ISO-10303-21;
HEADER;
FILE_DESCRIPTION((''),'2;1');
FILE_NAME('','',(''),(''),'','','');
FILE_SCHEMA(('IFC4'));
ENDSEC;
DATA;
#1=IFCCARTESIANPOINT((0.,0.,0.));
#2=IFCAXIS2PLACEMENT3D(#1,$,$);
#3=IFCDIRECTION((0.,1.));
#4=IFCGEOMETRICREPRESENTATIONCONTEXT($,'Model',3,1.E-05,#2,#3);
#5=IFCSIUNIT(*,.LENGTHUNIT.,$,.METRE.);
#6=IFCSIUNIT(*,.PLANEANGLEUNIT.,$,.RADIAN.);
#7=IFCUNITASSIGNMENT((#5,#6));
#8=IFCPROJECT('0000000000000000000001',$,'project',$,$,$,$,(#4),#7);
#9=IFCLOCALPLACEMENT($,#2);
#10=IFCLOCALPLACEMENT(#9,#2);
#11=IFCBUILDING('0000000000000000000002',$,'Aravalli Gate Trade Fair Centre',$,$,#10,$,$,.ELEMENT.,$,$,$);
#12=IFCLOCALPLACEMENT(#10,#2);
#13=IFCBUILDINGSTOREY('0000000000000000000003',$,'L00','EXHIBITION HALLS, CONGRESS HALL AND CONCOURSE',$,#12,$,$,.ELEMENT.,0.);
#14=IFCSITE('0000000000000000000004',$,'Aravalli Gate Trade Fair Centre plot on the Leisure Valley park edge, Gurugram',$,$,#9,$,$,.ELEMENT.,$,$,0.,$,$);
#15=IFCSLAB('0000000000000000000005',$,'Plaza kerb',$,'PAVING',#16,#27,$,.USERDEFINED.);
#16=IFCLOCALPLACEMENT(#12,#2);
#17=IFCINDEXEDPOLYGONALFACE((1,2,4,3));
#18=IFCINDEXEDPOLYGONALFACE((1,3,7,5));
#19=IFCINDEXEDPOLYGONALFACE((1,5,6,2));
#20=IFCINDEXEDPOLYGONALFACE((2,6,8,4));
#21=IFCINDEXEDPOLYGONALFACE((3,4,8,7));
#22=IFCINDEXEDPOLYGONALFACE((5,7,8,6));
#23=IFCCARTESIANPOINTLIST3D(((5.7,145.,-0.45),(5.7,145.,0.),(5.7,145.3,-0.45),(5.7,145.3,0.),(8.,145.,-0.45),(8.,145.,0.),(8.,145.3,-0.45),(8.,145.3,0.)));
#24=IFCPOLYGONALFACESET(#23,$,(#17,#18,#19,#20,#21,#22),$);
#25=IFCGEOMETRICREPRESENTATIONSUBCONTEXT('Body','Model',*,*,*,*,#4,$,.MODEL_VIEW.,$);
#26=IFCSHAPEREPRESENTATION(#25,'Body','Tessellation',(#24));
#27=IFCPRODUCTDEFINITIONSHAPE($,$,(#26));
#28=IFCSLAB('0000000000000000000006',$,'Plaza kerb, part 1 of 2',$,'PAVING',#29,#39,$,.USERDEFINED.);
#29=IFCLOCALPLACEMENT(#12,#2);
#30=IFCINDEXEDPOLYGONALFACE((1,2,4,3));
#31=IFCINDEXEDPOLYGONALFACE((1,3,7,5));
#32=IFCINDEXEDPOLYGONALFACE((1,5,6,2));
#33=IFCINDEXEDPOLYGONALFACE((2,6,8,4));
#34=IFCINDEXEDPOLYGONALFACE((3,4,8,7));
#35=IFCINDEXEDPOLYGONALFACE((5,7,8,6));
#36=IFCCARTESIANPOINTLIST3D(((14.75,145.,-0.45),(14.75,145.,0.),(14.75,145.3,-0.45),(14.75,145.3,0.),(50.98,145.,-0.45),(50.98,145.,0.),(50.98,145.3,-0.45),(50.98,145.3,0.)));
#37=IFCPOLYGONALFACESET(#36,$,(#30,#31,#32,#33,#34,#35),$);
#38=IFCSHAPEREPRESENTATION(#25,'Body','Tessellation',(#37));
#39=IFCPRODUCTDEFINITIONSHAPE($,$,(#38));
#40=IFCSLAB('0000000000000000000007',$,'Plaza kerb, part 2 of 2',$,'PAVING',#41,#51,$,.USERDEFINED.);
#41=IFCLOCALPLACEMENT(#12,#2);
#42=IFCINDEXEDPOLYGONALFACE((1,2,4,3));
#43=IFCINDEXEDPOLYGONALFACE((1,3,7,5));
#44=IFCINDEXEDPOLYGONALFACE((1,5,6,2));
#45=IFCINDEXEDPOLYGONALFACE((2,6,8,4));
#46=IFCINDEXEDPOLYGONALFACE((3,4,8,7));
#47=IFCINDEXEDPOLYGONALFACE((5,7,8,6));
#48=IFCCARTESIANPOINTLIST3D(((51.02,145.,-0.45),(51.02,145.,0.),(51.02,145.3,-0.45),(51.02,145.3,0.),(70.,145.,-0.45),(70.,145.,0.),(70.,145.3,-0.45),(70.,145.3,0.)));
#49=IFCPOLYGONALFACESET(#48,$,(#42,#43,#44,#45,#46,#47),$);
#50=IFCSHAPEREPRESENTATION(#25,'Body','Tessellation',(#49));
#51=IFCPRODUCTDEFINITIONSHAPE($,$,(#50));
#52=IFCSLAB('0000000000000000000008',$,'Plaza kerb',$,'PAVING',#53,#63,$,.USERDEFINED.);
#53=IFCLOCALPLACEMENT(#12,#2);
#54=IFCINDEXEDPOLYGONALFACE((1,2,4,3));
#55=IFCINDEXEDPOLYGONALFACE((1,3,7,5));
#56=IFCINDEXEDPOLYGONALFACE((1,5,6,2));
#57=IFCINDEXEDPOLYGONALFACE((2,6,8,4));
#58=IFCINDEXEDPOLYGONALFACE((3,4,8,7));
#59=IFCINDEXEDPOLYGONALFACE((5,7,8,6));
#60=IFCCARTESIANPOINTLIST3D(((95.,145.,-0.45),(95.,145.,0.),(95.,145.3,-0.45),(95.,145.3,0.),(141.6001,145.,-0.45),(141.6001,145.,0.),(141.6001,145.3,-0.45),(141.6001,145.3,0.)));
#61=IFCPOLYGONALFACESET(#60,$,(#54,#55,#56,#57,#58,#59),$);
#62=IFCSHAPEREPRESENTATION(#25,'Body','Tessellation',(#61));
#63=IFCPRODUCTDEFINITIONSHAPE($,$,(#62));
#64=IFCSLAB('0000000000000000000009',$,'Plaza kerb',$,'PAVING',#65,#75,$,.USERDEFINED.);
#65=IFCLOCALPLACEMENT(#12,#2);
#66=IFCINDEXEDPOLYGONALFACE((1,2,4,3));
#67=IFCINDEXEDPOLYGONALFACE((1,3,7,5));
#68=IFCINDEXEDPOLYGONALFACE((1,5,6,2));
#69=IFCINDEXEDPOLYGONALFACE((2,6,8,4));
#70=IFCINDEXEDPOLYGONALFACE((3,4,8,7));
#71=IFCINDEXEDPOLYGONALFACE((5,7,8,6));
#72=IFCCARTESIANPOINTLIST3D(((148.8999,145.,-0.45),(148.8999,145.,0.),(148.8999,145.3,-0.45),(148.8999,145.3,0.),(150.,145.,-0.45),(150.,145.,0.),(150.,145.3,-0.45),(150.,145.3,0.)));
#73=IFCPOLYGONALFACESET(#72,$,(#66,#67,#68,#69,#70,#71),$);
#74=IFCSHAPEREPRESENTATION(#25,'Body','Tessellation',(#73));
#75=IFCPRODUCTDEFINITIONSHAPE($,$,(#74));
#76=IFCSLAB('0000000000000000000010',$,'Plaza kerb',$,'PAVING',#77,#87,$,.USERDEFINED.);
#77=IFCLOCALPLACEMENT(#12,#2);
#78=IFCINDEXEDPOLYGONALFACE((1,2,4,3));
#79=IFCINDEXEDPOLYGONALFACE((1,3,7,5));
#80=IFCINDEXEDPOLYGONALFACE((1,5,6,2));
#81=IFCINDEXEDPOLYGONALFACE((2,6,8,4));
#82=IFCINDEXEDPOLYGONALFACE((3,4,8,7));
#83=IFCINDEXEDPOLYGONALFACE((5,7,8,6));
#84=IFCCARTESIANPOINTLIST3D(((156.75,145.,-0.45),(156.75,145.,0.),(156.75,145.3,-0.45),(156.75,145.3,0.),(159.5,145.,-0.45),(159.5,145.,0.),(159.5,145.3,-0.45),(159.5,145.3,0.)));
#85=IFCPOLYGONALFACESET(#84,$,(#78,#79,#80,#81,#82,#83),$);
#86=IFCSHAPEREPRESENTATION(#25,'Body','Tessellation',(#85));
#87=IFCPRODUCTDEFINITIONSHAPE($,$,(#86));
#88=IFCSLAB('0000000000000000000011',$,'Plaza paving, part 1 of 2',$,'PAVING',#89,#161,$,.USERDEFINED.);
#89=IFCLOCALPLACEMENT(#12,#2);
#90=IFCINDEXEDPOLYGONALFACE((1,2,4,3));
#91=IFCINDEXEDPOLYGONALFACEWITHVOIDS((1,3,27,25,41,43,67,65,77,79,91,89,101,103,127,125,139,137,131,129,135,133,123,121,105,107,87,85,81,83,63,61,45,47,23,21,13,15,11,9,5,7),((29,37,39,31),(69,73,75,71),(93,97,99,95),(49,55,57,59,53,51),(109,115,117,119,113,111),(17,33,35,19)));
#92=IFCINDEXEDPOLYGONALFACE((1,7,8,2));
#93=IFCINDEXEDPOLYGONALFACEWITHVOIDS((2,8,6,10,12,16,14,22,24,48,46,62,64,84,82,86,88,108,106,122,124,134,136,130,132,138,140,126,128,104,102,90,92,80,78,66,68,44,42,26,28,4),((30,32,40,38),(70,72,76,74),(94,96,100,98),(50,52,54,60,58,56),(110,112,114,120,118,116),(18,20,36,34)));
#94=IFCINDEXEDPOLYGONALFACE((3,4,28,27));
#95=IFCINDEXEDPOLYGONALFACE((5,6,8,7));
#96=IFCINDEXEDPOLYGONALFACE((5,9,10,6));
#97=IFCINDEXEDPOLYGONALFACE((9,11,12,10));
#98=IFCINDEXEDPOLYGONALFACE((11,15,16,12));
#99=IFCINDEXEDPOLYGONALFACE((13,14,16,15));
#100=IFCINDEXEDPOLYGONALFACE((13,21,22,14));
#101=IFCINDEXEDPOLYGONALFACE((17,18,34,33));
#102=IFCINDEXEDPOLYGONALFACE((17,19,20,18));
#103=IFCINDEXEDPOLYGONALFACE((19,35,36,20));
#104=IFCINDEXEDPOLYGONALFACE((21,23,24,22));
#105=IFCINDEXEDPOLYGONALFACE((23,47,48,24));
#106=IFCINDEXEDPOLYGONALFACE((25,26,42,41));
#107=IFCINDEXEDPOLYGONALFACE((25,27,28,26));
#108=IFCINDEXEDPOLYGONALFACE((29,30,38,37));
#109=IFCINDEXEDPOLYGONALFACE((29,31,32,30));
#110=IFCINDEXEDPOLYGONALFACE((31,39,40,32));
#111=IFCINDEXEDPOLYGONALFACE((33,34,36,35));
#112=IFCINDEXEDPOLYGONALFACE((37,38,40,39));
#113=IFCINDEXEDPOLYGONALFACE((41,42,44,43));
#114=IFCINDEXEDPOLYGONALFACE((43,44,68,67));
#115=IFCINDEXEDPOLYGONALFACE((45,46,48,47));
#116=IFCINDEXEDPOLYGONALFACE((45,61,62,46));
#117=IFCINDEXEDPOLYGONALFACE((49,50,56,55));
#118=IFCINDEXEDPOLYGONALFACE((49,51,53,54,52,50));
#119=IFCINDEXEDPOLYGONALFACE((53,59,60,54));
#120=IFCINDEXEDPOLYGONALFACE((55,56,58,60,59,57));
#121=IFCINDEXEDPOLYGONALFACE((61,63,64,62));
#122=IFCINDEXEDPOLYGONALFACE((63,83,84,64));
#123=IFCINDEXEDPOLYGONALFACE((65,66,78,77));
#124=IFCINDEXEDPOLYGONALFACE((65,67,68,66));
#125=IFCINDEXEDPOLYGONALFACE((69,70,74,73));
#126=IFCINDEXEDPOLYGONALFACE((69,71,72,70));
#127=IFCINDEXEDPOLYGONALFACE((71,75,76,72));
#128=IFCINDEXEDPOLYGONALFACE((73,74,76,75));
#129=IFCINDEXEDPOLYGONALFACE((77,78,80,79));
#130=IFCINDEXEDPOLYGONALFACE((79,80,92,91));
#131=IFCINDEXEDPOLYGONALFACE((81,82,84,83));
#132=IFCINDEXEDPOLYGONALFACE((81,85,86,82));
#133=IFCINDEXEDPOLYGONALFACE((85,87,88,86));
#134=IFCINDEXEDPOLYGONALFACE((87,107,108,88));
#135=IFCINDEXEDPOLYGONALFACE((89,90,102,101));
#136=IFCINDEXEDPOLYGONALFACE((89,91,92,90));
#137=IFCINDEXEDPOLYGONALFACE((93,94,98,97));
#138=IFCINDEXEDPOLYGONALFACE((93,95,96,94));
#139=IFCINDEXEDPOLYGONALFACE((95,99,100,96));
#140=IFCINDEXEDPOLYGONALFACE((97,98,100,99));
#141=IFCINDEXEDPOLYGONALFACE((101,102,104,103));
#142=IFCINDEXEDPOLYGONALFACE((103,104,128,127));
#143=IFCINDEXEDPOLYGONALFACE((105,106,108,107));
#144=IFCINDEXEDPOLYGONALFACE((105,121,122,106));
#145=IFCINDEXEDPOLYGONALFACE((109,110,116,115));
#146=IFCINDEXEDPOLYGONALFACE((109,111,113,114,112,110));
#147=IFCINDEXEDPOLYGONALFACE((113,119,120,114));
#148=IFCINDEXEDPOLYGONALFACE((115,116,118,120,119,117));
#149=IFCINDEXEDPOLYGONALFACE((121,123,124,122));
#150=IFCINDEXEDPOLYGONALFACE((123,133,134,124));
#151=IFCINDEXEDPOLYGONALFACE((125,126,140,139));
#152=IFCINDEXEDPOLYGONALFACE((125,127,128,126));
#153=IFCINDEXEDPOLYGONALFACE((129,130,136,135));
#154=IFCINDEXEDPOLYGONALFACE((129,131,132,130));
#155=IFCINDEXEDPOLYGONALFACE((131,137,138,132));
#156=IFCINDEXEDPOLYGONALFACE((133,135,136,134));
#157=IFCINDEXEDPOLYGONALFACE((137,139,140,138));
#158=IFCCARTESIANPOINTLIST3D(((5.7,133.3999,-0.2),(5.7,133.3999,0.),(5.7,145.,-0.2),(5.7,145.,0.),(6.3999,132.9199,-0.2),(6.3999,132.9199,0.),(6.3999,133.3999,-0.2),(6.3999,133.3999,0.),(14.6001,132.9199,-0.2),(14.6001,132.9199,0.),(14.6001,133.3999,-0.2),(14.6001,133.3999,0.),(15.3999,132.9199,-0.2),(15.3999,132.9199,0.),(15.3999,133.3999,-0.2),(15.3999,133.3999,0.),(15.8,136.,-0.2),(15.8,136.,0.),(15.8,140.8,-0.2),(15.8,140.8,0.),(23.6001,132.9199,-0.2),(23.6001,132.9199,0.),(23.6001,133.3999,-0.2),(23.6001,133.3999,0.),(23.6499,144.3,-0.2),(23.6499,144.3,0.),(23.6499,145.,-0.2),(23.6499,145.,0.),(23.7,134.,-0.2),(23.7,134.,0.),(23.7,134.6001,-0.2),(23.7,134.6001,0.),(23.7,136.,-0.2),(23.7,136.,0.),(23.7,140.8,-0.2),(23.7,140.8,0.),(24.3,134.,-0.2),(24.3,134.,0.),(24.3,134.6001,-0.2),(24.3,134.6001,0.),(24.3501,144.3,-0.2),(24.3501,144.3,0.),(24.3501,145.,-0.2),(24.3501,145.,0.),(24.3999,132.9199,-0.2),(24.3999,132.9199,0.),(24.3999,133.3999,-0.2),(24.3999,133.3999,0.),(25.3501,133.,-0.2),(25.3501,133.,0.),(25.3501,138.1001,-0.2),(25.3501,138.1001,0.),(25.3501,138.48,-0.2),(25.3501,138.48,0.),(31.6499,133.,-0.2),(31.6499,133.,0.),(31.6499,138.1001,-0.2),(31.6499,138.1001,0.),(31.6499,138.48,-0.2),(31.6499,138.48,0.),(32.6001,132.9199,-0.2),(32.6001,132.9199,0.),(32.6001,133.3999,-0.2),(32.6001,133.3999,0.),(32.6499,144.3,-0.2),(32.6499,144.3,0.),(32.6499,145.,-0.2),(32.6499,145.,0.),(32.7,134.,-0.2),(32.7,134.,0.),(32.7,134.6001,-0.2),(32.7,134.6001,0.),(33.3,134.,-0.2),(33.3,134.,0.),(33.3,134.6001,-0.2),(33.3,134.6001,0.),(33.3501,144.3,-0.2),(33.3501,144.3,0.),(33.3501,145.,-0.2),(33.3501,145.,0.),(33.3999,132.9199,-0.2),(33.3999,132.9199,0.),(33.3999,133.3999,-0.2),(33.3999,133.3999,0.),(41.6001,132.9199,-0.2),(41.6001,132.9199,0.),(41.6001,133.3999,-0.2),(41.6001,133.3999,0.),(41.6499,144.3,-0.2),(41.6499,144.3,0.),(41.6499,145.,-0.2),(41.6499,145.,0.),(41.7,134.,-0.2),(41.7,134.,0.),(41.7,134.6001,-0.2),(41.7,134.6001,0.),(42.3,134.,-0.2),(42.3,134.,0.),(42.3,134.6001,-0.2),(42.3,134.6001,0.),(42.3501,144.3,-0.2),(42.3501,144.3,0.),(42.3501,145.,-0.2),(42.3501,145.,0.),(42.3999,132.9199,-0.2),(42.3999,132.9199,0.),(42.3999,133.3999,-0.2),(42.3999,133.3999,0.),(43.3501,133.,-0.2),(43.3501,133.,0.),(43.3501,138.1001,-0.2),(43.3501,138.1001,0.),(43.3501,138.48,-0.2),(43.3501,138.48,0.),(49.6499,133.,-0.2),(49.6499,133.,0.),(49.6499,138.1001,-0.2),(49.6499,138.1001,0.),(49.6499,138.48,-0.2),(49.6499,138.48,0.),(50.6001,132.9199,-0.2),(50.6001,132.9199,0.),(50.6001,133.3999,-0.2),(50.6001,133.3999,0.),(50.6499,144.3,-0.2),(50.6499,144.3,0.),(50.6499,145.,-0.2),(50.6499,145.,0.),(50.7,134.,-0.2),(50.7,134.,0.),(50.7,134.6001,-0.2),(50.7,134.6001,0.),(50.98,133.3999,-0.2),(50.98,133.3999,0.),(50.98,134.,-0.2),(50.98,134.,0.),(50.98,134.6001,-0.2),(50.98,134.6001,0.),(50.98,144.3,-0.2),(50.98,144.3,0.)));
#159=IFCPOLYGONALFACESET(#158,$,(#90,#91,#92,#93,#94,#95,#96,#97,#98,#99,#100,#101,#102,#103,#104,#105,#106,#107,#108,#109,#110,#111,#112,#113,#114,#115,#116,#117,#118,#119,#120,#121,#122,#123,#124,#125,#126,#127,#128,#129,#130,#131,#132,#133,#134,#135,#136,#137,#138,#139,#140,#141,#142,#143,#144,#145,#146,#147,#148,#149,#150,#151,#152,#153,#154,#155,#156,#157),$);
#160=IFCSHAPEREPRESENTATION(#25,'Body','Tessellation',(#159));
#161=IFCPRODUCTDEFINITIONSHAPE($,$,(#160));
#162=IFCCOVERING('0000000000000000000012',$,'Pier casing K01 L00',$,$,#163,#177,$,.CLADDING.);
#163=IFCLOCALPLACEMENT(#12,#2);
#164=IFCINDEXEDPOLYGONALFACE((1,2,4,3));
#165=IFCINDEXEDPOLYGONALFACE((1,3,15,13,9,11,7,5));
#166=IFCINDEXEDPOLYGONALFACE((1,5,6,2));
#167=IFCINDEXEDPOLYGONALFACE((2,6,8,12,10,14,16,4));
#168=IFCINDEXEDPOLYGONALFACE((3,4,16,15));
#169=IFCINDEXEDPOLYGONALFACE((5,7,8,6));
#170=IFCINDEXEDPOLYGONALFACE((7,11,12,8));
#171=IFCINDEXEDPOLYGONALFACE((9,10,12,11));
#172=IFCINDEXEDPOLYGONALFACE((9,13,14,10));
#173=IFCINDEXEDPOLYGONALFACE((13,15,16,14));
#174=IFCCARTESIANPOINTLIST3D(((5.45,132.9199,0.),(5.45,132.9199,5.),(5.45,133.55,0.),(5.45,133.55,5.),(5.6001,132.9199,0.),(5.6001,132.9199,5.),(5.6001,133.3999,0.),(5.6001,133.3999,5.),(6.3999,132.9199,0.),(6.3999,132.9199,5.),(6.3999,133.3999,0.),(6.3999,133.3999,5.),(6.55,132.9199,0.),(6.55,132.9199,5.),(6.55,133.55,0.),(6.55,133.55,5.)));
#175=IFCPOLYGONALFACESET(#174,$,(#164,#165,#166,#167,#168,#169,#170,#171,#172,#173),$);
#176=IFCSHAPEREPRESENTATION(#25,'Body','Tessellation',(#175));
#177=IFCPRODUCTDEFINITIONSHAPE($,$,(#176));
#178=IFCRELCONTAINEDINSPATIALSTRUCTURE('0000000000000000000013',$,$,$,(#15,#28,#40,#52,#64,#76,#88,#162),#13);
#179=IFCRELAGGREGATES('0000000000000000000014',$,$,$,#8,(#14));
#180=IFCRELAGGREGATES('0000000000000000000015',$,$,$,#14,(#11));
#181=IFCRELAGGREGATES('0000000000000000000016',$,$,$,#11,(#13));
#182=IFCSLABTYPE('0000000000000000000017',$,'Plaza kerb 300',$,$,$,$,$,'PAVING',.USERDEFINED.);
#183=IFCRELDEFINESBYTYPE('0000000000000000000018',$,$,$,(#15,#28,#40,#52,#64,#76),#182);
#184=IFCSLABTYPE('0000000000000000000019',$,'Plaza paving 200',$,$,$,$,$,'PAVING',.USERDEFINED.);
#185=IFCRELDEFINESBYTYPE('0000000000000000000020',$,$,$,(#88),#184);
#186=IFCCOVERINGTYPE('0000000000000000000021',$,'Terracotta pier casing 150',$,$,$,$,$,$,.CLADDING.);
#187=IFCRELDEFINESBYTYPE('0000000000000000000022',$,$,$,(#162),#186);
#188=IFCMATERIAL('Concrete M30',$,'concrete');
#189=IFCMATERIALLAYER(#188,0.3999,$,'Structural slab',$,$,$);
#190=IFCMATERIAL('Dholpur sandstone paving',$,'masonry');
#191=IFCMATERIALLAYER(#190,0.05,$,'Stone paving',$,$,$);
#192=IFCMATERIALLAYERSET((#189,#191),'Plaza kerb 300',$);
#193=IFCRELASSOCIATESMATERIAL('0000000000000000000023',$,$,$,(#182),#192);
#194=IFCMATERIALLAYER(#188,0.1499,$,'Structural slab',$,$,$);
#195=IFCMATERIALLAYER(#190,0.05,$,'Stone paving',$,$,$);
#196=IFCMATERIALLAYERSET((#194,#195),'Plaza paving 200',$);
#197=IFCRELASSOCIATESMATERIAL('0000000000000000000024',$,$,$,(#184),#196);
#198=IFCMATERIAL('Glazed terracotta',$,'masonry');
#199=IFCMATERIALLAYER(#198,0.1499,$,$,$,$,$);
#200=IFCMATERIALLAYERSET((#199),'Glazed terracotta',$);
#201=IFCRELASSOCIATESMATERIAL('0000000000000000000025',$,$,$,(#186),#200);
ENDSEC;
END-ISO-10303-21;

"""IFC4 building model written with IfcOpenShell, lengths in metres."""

from ifc_helpers import new_model, si_unit, direction, frame, origin, place, context, subcontext, project, spatial, polyline, outline, extrude, material, layer, layer_set, type_object, element, save


model = new_model("IFC4")

# Units and contexts
model_context = context("Model", 3, precision=1e-05, world=origin(), true_north=direction((0.0, 1.0)))
body_context = subcontext(model_context, "Body", "Model", "MODEL_VIEW")
ifc_project = project(units=[si_unit("LENGTHUNIT", "METRE"), si_unit("PLANEANGLEUNIT", "RADIAN")], contexts=[model_context])

# Site, building, storey
site_placement = place(None, origin())
site = spatial("IfcSite", under=ifc_project, at=site_placement, Name="Aravalli Gate Trade Fair Centre plot on the Leisure Valley park edge, Gurugram", CompositionType="ELEMENT", RefElevation=0.0)
building_placement = place(site_placement, origin())
building = spatial("IfcBuilding", under=site, at=building_placement, Name="Aravalli Gate Trade Fair Centre", CompositionType="ELEMENT")
storey_placement = place(building_placement, origin())
storey = spatial("IfcBuildingStorey", under=building, at=storey_placement, Name="L00", Description="EXHIBITION HALLS, CONGRESS HALL AND CONCOURSE", CompositionType="ELEMENT", Elevation=0.0)

# Slabs
ifc_material_1 = material(Name="Concrete M30", Category="concrete")
ifc_layer_1 = layer(ifc_material_1, 0.3999, Name="Structural slab")
ifc_material_2 = material(Name="Dholpur sandstone paving", Category="masonry")
ifc_layer_2 = layer(ifc_material_2, 0.05, Name="Stone paving")
ifc_layer_set_1 = layer_set([ifc_layer_1, ifc_layer_2], Name="Plaza kerb 300")
slab_type_1 = type_object("IfcSlabType", Name="Plaza kerb 300", ElementType="PAVING", PredefinedType="USERDEFINED", material=ifc_layer_set_1)
slab_1_placement = place(storey_placement, frame((0.0, 0.0, -0.45)))
element("IfcSlab", 1, at=slab_1_placement, inside=storey, type_object=slab_type_1, Name="Plaza kerb", ObjectType="PAVING", PredefinedType="USERDEFINED", context=body_context, shape_type="SweptSolid", body=[
    extrude(outline(polyline([(5.7, 145.0), (8.0, 145.0), (8.0, 145.3), (5.7, 145.3), (5.7, 145.0)])), origin(), (0.0, 0.0, 1.0), 0.45),
])
slab_2_placement = place(storey_placement, frame((0.0, 0.0, -0.45)))
element("IfcSlab", 2, at=slab_2_placement, inside=storey, type_object=slab_type_1, Name="Plaza kerb, part 1 of 2", ObjectType="PAVING", PredefinedType="USERDEFINED", context=body_context, shape_type="SweptSolid", body=[
    extrude(outline(polyline([(14.75, 145.0), (50.98, 145.0), (50.98, 145.3), (14.75, 145.3), (14.75, 145.0)])), origin(), (0.0, 0.0, 1.0), 0.45),
])
slab_3_placement = place(storey_placement, frame((0.0, 0.0, -0.45)))
element("IfcSlab", 3, at=slab_3_placement, inside=storey, type_object=slab_type_1, Name="Plaza kerb, part 2 of 2", ObjectType="PAVING", PredefinedType="USERDEFINED", context=body_context, shape_type="SweptSolid", body=[
    extrude(outline(polyline([(70.0, 145.3), (51.02, 145.3), (51.02, 145.0), (70.0, 145.0), (70.0, 145.3)])), origin(), (0.0, 0.0, 1.0), 0.45),
])
slab_4_placement = place(storey_placement, frame((0.0, 0.0, -0.45)))
element("IfcSlab", 4, at=slab_4_placement, inside=storey, type_object=slab_type_1, Name="Plaza kerb", ObjectType="PAVING", PredefinedType="USERDEFINED", context=body_context, shape_type="SweptSolid", body=[
    extrude(outline(polyline([(141.6001, 145.3), (95.0, 145.3), (95.0, 145.0), (141.6001, 145.0), (141.6001, 145.3)])), origin(), (0.0, 0.0, 1.0), 0.45),
])
slab_5_placement = place(storey_placement, frame((0.0, 0.0, -0.45)))
element("IfcSlab", 5, at=slab_5_placement, inside=storey, type_object=slab_type_1, Name="Plaza kerb", ObjectType="PAVING", PredefinedType="USERDEFINED", context=body_context, shape_type="SweptSolid", body=[
    extrude(outline(polyline([(150.0, 145.3), (148.8999, 145.3), (148.8999, 145.0), (150.0, 145.0), (150.0, 145.3)])), origin(), (0.0, 0.0, 1.0), 0.45),
])
slab_6_placement = place(storey_placement, frame((0.0, 0.0, -0.45)))
element("IfcSlab", 6, at=slab_6_placement, inside=storey, type_object=slab_type_1, Name="Plaza kerb", ObjectType="PAVING", PredefinedType="USERDEFINED", context=body_context, shape_type="SweptSolid", body=[
    extrude(outline(polyline([(159.5, 145.3), (156.75, 145.3), (156.75, 145.0), (159.5, 145.0), (159.5, 145.3)])), origin(), (0.0, 0.0, 1.0), 0.45),
])
ifc_layer_3 = layer(ifc_material_1, 0.1499, Name="Structural slab")
ifc_layer_4 = layer(ifc_material_2, 0.05, Name="Stone paving")
ifc_layer_set_2 = layer_set([ifc_layer_3, ifc_layer_4], Name="Plaza paving 200")
slab_type_2 = type_object("IfcSlabType", Name="Plaza paving 200", ElementType="PAVING", PredefinedType="USERDEFINED", material=ifc_layer_set_2)
slab_7_placement = place(storey_placement, frame((0.0, 0.0, -0.2)))
element("IfcSlab", 7, at=slab_7_placement, inside=storey, type_object=slab_type_2, Name="Plaza paving, part 1 of 2", ObjectType="PAVING", PredefinedType="USERDEFINED", context=body_context, shape_type="SweptSolid", body=[
    extrude(outline(polyline([(50.6001, 133.3999), (50.98, 133.3999), (50.98, 134.0), (50.7, 134.0), (50.7, 134.6001), (50.98, 134.6001), (50.98, 144.3), (50.6499, 144.3), (50.6499, 145.0), (42.3501, 145.0), (42.3501, 144.3), (41.6499, 144.3), (41.6499, 145.0), (33.3501, 145.0), (33.3501, 144.3), (32.6499, 144.3), (32.6499, 145.0), (24.3501, 145.0), (24.3501, 144.3), (23.6499, 144.3), (23.6499, 145.0), (5.7, 145.0), (5.7, 133.3999), (6.3999, 133.3999), (6.3999, 132.9199), (14.6001, 132.9199), (14.6001, 133.3999), (15.3999, 133.3999), (15.3999, 132.9199), (23.6001, 132.9199), (23.6001, 133.3999), (24.3999, 133.3999), (24.3999, 132.9199), (32.6001, 132.9199), (32.6001, 133.3999), (33.3999, 133.3999), (33.3999, 132.9199), (41.6001, 132.9199), (41.6001, 133.3999), (42.3999, 133.3999), (42.3999, 132.9199), (50.6001, 132.9199), (50.6001, 133.3999)]), holes=[polyline([(23.7, 134.6001), (24.3, 134.6001), (24.3, 134.0), (23.7, 134.0), (23.7, 134.6001)]), polyline([(33.3, 134.6001), (33.3, 134.0), (32.7, 134.0), (32.7, 134.6001), (33.3, 134.6001)]), polyline([(42.3, 134.6001), (42.3, 134.0), (41.7, 134.0), (41.7, 134.6001), (42.3, 134.6001)]), polyline([(31.6499, 133.0), (25.3501, 133.0), (25.3501, 138.1001), (25.3501, 138.48), (31.6499, 138.48), (31.6499, 138.1001), (31.6499, 133.0)]), polyline([(49.6499, 133.0), (43.3501, 133.0), (43.3501, 138.1001), (43.3501, 138.48), (49.6499, 138.48), (49.6499, 138.1001), (49.6499, 133.0)]), polyline([(15.8, 140.8), (23.7, 140.8), (23.7, 136.0), (15.8, 136.0), (15.8, 140.8)])]), origin(), (0.0, 0.0, 1.0), 0.2),
])

# Covering
ifc_material_3 = material(Name="Glazed terracotta", Category="masonry")
ifc_layer_5 = layer(ifc_material_3, 0.1499)
ifc_layer_set_3 = layer_set([ifc_layer_5], Name="Glazed terracotta")
covering_type = type_object("IfcCoveringType", Name="Terracotta pier casing 150", PredefinedType="CLADDING", material=ifc_layer_set_3)
covering_1_placement = place(storey_placement, origin())
element("IfcCovering", 8, at=covering_1_placement, inside=storey, type_object=covering_type, Name="Pier casing K01 L00", PredefinedType="CLADDING", context=body_context, shape_type="SweptSolid", body=[
    extrude(outline(polyline([(5.45, 132.9199), (5.6001, 132.9199), (5.6001, 133.3999), (6.3999, 133.3999), (6.3999, 132.9199), (6.55, 132.9199), (6.55, 133.55), (5.45, 133.55), (5.45, 132.9199)])), origin(), (0.0, 0.0, 1.0), 5.0),
])

save(model, "model.ifc")
